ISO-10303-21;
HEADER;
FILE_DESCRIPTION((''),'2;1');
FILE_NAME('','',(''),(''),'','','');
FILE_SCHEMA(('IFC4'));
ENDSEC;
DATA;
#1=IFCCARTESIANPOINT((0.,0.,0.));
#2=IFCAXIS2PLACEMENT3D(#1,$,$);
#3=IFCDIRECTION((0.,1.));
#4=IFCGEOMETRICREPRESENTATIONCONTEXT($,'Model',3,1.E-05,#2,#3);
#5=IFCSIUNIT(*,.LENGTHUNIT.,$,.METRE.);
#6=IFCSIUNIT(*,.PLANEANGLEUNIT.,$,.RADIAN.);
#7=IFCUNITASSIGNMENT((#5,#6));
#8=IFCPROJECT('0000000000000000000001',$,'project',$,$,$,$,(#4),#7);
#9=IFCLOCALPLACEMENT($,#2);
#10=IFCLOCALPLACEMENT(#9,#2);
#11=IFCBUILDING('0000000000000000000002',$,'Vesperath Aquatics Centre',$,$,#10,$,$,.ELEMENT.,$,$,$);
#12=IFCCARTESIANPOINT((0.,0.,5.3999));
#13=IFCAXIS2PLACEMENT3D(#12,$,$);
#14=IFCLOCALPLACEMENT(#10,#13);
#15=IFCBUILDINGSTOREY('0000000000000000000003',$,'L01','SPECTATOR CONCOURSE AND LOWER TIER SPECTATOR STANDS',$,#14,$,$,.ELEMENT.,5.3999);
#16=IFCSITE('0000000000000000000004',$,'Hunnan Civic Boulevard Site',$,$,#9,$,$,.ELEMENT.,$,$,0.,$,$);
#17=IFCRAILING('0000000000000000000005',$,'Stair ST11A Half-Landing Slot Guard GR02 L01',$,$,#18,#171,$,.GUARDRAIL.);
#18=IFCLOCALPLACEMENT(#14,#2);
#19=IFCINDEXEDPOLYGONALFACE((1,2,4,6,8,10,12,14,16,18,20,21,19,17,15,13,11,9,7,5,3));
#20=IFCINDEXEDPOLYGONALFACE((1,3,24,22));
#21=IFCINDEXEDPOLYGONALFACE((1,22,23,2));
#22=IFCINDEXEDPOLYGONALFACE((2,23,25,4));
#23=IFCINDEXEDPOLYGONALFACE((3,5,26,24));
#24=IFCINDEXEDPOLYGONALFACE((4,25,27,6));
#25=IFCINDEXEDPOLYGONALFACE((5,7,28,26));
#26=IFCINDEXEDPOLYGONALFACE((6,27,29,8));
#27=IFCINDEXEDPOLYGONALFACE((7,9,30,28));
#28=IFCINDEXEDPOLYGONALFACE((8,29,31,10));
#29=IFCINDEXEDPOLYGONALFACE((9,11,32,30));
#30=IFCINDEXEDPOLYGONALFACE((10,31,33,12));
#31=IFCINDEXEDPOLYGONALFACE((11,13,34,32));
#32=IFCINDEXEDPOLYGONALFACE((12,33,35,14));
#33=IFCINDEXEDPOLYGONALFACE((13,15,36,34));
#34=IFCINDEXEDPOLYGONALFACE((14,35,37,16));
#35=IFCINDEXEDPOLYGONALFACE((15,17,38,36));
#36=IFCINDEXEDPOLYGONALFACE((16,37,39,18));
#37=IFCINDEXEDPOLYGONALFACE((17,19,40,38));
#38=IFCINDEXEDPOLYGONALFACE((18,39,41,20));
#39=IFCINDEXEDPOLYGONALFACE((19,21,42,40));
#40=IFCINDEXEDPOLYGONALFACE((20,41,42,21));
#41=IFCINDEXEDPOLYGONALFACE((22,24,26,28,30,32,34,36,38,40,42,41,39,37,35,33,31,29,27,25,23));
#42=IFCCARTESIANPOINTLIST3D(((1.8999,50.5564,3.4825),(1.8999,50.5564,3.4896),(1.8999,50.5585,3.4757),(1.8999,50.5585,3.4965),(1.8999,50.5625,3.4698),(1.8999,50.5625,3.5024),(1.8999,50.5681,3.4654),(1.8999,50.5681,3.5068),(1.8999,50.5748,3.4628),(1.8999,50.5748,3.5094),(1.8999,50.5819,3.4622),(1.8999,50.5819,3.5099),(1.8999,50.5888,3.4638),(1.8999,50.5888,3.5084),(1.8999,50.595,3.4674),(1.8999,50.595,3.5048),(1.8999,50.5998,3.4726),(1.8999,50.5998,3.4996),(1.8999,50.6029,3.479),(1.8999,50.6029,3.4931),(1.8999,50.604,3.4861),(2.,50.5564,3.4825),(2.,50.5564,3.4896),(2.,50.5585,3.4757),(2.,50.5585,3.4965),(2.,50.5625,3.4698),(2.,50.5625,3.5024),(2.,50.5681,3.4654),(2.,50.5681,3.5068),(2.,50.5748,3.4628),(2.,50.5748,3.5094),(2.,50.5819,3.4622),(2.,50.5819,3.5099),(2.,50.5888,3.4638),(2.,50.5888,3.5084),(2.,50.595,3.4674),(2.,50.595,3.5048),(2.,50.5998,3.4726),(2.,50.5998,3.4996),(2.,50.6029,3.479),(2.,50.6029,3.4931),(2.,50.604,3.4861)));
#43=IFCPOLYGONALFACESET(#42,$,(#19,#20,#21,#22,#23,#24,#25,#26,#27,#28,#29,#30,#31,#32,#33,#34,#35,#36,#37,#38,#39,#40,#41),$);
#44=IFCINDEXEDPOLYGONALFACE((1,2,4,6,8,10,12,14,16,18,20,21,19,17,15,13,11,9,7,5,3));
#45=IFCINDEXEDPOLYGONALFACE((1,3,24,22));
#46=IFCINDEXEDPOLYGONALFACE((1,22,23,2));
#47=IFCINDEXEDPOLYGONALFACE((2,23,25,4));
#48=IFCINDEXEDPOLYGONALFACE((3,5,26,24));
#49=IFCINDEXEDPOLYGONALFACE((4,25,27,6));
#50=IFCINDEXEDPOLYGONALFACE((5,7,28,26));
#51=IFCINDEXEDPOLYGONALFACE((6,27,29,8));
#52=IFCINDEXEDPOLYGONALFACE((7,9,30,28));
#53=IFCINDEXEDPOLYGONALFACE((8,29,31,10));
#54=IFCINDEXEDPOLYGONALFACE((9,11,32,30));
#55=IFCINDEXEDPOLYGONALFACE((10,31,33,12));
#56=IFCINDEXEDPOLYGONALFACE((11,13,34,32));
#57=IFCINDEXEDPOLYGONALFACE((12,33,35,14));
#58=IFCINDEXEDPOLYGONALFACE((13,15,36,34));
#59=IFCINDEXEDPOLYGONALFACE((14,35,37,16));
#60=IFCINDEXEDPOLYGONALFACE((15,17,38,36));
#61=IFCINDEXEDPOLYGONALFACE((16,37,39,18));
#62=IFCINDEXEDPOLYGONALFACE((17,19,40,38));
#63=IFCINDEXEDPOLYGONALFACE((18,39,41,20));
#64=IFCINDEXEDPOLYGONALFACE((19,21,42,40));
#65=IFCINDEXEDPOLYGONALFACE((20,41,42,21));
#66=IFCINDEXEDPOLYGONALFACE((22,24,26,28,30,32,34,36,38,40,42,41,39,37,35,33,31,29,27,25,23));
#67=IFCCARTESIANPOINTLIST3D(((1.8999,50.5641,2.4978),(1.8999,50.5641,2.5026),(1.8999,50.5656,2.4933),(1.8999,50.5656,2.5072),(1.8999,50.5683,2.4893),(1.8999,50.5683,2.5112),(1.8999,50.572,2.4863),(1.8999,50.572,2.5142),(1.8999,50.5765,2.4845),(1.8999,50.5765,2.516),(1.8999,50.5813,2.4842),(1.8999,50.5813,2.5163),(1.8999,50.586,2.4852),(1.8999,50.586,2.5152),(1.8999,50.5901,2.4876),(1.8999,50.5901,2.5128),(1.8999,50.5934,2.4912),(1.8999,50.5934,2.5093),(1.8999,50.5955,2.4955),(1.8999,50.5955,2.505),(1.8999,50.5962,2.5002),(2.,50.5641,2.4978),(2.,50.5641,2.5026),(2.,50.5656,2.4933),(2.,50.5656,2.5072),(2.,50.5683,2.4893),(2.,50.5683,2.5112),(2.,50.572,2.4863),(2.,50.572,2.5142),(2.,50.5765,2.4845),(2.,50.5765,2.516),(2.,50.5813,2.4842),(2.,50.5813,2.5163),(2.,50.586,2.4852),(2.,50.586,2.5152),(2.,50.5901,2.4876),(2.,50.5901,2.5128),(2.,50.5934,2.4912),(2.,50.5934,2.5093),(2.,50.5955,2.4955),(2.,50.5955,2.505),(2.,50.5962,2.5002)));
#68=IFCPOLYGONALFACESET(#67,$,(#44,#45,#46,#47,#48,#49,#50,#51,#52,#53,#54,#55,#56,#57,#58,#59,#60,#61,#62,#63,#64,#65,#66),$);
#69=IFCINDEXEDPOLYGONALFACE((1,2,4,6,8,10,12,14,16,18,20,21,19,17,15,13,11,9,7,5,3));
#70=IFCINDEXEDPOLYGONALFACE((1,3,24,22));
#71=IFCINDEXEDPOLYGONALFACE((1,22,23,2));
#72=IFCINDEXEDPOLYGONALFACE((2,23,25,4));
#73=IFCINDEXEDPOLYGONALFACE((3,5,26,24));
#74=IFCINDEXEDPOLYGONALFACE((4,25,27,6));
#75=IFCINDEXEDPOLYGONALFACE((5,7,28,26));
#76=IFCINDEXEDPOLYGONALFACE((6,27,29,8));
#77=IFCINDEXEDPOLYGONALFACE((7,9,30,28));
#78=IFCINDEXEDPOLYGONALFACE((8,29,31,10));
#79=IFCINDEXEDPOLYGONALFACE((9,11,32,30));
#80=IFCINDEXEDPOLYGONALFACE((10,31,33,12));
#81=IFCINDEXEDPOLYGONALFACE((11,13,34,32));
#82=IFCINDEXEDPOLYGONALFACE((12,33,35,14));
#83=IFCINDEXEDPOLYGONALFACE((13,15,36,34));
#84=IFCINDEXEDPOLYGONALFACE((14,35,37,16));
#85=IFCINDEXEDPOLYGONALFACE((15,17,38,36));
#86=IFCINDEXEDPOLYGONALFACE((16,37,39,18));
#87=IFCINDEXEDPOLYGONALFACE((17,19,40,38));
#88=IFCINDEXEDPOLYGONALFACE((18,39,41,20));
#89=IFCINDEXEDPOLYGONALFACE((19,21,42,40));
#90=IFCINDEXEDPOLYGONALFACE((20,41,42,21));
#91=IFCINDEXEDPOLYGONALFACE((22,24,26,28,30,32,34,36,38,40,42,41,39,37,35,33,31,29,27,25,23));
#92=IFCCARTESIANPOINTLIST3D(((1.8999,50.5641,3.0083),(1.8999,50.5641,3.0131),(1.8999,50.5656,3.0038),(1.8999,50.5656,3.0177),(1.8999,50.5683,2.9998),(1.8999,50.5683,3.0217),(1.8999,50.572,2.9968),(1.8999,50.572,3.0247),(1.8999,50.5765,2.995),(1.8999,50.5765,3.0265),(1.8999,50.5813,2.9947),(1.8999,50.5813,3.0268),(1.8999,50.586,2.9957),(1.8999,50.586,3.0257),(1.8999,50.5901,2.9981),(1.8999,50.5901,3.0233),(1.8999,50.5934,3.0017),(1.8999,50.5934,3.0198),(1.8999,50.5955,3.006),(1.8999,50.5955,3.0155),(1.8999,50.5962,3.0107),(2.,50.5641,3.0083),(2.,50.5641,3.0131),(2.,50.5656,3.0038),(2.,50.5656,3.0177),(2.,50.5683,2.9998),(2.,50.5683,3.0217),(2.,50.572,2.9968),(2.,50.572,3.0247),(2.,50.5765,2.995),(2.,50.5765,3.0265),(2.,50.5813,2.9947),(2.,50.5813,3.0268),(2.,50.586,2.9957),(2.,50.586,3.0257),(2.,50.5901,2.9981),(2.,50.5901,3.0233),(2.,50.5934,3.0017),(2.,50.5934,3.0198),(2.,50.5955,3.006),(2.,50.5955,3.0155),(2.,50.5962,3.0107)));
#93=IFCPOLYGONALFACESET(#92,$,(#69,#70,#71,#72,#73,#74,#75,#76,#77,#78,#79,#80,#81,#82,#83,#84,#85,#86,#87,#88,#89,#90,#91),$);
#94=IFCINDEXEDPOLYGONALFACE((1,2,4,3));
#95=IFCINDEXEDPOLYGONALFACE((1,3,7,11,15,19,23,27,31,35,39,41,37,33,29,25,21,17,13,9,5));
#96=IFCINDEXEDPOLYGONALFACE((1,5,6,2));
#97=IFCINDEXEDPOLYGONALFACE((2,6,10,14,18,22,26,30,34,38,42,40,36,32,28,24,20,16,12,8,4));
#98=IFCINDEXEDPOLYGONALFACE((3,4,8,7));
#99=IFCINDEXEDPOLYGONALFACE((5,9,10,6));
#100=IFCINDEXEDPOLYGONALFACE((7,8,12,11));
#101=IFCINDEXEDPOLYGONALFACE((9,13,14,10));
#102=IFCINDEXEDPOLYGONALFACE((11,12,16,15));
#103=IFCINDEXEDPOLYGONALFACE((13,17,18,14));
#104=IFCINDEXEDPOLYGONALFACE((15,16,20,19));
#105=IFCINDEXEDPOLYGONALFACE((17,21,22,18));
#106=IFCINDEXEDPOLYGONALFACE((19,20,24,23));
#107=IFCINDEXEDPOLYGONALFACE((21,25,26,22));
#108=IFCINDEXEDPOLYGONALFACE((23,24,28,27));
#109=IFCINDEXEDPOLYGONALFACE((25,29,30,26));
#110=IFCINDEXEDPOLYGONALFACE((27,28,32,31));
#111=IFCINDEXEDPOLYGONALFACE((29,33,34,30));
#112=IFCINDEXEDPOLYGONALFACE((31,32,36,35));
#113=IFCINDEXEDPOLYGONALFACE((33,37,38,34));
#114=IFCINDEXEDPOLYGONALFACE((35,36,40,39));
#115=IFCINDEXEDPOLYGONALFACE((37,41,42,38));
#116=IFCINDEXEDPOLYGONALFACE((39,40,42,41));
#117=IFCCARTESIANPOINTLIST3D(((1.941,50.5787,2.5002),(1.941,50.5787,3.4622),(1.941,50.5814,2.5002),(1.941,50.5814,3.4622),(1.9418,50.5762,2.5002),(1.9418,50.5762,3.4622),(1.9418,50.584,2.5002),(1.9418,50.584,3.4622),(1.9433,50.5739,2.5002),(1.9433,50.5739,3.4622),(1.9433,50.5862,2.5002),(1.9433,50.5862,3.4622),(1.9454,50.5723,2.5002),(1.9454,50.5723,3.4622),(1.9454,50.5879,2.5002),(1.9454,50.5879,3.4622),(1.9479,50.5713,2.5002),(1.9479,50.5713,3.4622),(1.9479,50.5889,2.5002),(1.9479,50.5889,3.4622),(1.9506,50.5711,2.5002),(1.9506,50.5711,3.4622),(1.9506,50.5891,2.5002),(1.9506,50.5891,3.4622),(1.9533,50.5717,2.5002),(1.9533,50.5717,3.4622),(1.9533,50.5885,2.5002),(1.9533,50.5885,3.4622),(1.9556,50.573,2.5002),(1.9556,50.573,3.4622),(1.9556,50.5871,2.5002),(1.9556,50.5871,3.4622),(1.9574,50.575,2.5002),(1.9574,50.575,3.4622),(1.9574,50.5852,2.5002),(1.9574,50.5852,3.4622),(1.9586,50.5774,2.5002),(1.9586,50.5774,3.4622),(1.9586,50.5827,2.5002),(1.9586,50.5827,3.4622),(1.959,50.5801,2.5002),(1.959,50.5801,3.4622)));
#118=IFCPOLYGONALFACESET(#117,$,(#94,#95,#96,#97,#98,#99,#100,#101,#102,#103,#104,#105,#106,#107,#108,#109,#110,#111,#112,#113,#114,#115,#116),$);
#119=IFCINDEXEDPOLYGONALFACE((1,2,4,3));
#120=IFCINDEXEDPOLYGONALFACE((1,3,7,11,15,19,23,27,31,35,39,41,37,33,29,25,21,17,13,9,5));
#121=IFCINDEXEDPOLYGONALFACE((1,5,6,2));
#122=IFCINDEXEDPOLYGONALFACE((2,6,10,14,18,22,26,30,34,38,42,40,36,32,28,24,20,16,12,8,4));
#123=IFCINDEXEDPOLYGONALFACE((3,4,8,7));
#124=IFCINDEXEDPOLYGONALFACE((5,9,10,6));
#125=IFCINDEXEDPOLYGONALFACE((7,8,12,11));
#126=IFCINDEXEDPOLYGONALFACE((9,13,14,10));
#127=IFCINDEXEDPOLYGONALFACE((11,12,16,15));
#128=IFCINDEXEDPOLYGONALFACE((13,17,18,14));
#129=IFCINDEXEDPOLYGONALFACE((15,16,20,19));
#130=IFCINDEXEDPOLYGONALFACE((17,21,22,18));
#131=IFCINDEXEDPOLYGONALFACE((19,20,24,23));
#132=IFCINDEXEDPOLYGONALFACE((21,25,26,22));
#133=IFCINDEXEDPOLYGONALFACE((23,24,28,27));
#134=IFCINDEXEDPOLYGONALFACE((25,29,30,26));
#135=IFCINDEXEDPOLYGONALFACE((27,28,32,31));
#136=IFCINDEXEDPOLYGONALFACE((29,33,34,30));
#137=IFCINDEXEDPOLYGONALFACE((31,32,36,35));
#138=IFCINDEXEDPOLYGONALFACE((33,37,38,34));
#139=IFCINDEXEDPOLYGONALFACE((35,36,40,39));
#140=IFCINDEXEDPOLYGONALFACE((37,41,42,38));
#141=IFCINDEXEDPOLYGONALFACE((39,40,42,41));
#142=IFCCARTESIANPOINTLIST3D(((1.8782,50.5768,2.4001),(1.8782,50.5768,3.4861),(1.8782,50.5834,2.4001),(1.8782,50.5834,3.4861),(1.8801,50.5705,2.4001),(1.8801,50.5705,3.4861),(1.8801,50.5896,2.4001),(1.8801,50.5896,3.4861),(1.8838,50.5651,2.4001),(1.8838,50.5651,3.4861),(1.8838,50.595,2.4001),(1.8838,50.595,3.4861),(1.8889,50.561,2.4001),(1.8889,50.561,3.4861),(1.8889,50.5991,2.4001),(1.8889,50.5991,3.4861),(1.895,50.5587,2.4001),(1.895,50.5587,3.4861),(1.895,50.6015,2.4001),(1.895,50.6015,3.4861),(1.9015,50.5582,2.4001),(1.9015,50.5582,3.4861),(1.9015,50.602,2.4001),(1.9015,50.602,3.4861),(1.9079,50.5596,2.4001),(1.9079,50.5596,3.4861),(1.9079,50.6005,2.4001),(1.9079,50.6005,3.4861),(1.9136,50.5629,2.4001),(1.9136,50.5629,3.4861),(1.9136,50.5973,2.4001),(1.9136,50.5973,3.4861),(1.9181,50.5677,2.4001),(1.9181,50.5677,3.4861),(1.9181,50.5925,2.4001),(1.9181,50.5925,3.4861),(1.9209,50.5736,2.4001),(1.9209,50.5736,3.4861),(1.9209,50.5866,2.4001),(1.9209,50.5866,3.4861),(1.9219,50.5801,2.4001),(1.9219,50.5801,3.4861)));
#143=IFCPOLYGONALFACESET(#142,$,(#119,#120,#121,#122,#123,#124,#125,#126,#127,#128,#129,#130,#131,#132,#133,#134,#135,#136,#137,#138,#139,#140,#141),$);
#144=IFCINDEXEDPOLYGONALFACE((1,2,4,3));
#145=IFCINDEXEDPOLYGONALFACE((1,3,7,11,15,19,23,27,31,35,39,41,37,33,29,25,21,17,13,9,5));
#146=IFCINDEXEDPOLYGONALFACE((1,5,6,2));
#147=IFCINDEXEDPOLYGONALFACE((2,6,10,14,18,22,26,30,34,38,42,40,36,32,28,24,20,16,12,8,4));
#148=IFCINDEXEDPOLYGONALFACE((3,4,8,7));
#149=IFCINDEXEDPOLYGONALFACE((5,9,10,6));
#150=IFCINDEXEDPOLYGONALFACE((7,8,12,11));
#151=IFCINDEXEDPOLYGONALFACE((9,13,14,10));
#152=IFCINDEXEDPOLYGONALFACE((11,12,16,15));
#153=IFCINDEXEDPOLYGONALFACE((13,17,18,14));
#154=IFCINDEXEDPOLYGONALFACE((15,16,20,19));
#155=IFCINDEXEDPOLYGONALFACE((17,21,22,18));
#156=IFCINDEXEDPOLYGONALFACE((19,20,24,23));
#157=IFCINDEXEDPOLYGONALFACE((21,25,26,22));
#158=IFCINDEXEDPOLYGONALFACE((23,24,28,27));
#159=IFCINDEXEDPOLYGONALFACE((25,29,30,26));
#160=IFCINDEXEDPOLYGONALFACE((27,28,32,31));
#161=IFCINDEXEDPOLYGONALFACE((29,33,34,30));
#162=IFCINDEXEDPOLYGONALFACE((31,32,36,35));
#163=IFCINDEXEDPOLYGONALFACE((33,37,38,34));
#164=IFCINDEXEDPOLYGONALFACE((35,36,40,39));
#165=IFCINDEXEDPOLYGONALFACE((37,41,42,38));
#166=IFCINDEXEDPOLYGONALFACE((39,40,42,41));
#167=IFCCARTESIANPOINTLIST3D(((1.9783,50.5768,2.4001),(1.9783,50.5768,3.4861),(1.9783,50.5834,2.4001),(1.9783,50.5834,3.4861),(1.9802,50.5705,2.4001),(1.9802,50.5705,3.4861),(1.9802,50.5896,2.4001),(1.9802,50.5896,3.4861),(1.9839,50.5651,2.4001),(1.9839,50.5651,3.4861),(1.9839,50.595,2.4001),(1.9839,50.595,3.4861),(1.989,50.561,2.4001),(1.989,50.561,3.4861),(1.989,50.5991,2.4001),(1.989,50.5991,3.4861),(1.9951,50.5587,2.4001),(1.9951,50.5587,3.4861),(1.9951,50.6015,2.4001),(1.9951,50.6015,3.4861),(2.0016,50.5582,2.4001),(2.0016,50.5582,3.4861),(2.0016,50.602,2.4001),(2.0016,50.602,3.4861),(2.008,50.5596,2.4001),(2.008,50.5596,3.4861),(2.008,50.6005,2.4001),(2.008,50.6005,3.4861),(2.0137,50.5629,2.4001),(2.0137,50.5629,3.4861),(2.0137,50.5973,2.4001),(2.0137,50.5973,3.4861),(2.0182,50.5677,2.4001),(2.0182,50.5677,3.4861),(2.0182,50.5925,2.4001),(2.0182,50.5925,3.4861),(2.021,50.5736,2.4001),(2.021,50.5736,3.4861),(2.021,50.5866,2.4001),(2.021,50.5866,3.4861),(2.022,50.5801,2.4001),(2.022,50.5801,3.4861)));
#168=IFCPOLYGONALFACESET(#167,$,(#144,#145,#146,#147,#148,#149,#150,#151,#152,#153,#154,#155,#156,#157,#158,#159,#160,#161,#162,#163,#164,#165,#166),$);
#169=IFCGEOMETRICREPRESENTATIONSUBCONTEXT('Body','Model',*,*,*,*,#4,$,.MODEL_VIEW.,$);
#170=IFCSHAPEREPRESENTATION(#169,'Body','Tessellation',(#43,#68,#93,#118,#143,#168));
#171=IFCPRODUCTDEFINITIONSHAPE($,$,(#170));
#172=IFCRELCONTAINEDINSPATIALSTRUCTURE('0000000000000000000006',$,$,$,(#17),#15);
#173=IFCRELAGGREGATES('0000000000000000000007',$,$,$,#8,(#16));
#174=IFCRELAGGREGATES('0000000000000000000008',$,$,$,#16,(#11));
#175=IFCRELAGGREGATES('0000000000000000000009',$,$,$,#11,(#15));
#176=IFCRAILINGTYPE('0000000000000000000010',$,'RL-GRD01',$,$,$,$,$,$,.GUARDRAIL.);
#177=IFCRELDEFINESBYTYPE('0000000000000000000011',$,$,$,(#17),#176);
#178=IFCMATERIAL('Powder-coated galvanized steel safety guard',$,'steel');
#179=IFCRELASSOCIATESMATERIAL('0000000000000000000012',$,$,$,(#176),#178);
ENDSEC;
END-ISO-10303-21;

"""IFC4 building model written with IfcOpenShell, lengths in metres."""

from ifc_helpers import new_model, si_unit, direction, frame, origin, origin_2d, place, context, subcontext, project, spatial, circle, extrude, material, type_object, element, save


model = new_model("IFC4")

# Units and contexts
model_context = context("Model", 3, precision=1e-05, world=origin(), true_north=direction((0.0, 1.0)))
body_context = subcontext(model_context, "Body", "Model", "MODEL_VIEW")
ifc_project = project(units=[si_unit("LENGTHUNIT", "METRE"), si_unit("PLANEANGLEUNIT", "RADIAN")], contexts=[model_context])

# Site, building, storey
site_placement = place(None, origin())
site = spatial("IfcSite", under=ifc_project, at=site_placement, Name="Hunnan Civic Boulevard Site", CompositionType="ELEMENT", RefElevation=0.0)
building_placement = place(site_placement, origin())
building = spatial("IfcBuilding", under=site, at=building_placement, Name="Vesperath Aquatics Centre", CompositionType="ELEMENT")
storey_placement = place(building_placement, frame((0.0, 0.0, 5.3999)))
storey = spatial("IfcBuildingStorey", under=building, at=storey_placement, Name="L01", Description="SPECTATOR CONCOURSE AND LOWER TIER SPECTATOR STANDS", CompositionType="ELEMENT", Elevation=5.3999)

# Railing
ifc_material_1 = material(Name="Powder-coated galvanized steel safety guard", Category="steel")
railing_type_1 = type_object("IfcRailingType", Name="RL-GRD01", PredefinedType="GUARDRAIL", material=ifc_material_1)
railing_1_placement = place(storey_placement, frame((1.8999, 50.5801, 2.4001)))
element("IfcRailing", 1, at=railing_1_placement, inside=storey, type_object=railing_type_1, Name="Stair ST11A Half-Landing Slot Guard GR02 L01", PredefinedType="GUARDRAIL", context=body_context, shape_type="SweptSolid", body=[
    extrude(circle(Radius=0.0239, at=origin_2d()), frame((0.0, 0.0, 1.0859), z_axis=(1.0, 0.0, 0.0), x_axis=(0.0, 1.0, 0.0)), (0.0, 0.0, 1.0), 0.1001),
    extrude(circle(Radius=0.0161, at=origin_2d()), frame((0.0, 0.0, 0.1001), z_axis=(1.0, 0.0, 0.0), x_axis=(0.0, 1.0, 0.0)), (0.0, 0.0, 1.0), 0.1001),
    extrude(circle(Radius=0.0161, at=origin_2d()), frame((0.0, 0.0, 0.6106), z_axis=(1.0, 0.0, 0.0), x_axis=(0.0, 1.0, 0.0)), (0.0, 0.0, 1.0), 0.1001),
    extrude(circle(Radius=0.009, at=origin_2d()), frame((0.05, 0.0, 0.1001)), (0.0, 0.0, 1.0), 0.9619),
    extrude(circle(Radius=0.022, at=origin_2d()), origin(), (0.0, 0.0, 1.0), 1.0859),
    extrude(circle(Radius=0.022, at=origin_2d()), frame((0.1001, 0.0, 0.0)), (0.0, 0.0, 1.0), 1.0859),
])

save(model, "model.ifc")
